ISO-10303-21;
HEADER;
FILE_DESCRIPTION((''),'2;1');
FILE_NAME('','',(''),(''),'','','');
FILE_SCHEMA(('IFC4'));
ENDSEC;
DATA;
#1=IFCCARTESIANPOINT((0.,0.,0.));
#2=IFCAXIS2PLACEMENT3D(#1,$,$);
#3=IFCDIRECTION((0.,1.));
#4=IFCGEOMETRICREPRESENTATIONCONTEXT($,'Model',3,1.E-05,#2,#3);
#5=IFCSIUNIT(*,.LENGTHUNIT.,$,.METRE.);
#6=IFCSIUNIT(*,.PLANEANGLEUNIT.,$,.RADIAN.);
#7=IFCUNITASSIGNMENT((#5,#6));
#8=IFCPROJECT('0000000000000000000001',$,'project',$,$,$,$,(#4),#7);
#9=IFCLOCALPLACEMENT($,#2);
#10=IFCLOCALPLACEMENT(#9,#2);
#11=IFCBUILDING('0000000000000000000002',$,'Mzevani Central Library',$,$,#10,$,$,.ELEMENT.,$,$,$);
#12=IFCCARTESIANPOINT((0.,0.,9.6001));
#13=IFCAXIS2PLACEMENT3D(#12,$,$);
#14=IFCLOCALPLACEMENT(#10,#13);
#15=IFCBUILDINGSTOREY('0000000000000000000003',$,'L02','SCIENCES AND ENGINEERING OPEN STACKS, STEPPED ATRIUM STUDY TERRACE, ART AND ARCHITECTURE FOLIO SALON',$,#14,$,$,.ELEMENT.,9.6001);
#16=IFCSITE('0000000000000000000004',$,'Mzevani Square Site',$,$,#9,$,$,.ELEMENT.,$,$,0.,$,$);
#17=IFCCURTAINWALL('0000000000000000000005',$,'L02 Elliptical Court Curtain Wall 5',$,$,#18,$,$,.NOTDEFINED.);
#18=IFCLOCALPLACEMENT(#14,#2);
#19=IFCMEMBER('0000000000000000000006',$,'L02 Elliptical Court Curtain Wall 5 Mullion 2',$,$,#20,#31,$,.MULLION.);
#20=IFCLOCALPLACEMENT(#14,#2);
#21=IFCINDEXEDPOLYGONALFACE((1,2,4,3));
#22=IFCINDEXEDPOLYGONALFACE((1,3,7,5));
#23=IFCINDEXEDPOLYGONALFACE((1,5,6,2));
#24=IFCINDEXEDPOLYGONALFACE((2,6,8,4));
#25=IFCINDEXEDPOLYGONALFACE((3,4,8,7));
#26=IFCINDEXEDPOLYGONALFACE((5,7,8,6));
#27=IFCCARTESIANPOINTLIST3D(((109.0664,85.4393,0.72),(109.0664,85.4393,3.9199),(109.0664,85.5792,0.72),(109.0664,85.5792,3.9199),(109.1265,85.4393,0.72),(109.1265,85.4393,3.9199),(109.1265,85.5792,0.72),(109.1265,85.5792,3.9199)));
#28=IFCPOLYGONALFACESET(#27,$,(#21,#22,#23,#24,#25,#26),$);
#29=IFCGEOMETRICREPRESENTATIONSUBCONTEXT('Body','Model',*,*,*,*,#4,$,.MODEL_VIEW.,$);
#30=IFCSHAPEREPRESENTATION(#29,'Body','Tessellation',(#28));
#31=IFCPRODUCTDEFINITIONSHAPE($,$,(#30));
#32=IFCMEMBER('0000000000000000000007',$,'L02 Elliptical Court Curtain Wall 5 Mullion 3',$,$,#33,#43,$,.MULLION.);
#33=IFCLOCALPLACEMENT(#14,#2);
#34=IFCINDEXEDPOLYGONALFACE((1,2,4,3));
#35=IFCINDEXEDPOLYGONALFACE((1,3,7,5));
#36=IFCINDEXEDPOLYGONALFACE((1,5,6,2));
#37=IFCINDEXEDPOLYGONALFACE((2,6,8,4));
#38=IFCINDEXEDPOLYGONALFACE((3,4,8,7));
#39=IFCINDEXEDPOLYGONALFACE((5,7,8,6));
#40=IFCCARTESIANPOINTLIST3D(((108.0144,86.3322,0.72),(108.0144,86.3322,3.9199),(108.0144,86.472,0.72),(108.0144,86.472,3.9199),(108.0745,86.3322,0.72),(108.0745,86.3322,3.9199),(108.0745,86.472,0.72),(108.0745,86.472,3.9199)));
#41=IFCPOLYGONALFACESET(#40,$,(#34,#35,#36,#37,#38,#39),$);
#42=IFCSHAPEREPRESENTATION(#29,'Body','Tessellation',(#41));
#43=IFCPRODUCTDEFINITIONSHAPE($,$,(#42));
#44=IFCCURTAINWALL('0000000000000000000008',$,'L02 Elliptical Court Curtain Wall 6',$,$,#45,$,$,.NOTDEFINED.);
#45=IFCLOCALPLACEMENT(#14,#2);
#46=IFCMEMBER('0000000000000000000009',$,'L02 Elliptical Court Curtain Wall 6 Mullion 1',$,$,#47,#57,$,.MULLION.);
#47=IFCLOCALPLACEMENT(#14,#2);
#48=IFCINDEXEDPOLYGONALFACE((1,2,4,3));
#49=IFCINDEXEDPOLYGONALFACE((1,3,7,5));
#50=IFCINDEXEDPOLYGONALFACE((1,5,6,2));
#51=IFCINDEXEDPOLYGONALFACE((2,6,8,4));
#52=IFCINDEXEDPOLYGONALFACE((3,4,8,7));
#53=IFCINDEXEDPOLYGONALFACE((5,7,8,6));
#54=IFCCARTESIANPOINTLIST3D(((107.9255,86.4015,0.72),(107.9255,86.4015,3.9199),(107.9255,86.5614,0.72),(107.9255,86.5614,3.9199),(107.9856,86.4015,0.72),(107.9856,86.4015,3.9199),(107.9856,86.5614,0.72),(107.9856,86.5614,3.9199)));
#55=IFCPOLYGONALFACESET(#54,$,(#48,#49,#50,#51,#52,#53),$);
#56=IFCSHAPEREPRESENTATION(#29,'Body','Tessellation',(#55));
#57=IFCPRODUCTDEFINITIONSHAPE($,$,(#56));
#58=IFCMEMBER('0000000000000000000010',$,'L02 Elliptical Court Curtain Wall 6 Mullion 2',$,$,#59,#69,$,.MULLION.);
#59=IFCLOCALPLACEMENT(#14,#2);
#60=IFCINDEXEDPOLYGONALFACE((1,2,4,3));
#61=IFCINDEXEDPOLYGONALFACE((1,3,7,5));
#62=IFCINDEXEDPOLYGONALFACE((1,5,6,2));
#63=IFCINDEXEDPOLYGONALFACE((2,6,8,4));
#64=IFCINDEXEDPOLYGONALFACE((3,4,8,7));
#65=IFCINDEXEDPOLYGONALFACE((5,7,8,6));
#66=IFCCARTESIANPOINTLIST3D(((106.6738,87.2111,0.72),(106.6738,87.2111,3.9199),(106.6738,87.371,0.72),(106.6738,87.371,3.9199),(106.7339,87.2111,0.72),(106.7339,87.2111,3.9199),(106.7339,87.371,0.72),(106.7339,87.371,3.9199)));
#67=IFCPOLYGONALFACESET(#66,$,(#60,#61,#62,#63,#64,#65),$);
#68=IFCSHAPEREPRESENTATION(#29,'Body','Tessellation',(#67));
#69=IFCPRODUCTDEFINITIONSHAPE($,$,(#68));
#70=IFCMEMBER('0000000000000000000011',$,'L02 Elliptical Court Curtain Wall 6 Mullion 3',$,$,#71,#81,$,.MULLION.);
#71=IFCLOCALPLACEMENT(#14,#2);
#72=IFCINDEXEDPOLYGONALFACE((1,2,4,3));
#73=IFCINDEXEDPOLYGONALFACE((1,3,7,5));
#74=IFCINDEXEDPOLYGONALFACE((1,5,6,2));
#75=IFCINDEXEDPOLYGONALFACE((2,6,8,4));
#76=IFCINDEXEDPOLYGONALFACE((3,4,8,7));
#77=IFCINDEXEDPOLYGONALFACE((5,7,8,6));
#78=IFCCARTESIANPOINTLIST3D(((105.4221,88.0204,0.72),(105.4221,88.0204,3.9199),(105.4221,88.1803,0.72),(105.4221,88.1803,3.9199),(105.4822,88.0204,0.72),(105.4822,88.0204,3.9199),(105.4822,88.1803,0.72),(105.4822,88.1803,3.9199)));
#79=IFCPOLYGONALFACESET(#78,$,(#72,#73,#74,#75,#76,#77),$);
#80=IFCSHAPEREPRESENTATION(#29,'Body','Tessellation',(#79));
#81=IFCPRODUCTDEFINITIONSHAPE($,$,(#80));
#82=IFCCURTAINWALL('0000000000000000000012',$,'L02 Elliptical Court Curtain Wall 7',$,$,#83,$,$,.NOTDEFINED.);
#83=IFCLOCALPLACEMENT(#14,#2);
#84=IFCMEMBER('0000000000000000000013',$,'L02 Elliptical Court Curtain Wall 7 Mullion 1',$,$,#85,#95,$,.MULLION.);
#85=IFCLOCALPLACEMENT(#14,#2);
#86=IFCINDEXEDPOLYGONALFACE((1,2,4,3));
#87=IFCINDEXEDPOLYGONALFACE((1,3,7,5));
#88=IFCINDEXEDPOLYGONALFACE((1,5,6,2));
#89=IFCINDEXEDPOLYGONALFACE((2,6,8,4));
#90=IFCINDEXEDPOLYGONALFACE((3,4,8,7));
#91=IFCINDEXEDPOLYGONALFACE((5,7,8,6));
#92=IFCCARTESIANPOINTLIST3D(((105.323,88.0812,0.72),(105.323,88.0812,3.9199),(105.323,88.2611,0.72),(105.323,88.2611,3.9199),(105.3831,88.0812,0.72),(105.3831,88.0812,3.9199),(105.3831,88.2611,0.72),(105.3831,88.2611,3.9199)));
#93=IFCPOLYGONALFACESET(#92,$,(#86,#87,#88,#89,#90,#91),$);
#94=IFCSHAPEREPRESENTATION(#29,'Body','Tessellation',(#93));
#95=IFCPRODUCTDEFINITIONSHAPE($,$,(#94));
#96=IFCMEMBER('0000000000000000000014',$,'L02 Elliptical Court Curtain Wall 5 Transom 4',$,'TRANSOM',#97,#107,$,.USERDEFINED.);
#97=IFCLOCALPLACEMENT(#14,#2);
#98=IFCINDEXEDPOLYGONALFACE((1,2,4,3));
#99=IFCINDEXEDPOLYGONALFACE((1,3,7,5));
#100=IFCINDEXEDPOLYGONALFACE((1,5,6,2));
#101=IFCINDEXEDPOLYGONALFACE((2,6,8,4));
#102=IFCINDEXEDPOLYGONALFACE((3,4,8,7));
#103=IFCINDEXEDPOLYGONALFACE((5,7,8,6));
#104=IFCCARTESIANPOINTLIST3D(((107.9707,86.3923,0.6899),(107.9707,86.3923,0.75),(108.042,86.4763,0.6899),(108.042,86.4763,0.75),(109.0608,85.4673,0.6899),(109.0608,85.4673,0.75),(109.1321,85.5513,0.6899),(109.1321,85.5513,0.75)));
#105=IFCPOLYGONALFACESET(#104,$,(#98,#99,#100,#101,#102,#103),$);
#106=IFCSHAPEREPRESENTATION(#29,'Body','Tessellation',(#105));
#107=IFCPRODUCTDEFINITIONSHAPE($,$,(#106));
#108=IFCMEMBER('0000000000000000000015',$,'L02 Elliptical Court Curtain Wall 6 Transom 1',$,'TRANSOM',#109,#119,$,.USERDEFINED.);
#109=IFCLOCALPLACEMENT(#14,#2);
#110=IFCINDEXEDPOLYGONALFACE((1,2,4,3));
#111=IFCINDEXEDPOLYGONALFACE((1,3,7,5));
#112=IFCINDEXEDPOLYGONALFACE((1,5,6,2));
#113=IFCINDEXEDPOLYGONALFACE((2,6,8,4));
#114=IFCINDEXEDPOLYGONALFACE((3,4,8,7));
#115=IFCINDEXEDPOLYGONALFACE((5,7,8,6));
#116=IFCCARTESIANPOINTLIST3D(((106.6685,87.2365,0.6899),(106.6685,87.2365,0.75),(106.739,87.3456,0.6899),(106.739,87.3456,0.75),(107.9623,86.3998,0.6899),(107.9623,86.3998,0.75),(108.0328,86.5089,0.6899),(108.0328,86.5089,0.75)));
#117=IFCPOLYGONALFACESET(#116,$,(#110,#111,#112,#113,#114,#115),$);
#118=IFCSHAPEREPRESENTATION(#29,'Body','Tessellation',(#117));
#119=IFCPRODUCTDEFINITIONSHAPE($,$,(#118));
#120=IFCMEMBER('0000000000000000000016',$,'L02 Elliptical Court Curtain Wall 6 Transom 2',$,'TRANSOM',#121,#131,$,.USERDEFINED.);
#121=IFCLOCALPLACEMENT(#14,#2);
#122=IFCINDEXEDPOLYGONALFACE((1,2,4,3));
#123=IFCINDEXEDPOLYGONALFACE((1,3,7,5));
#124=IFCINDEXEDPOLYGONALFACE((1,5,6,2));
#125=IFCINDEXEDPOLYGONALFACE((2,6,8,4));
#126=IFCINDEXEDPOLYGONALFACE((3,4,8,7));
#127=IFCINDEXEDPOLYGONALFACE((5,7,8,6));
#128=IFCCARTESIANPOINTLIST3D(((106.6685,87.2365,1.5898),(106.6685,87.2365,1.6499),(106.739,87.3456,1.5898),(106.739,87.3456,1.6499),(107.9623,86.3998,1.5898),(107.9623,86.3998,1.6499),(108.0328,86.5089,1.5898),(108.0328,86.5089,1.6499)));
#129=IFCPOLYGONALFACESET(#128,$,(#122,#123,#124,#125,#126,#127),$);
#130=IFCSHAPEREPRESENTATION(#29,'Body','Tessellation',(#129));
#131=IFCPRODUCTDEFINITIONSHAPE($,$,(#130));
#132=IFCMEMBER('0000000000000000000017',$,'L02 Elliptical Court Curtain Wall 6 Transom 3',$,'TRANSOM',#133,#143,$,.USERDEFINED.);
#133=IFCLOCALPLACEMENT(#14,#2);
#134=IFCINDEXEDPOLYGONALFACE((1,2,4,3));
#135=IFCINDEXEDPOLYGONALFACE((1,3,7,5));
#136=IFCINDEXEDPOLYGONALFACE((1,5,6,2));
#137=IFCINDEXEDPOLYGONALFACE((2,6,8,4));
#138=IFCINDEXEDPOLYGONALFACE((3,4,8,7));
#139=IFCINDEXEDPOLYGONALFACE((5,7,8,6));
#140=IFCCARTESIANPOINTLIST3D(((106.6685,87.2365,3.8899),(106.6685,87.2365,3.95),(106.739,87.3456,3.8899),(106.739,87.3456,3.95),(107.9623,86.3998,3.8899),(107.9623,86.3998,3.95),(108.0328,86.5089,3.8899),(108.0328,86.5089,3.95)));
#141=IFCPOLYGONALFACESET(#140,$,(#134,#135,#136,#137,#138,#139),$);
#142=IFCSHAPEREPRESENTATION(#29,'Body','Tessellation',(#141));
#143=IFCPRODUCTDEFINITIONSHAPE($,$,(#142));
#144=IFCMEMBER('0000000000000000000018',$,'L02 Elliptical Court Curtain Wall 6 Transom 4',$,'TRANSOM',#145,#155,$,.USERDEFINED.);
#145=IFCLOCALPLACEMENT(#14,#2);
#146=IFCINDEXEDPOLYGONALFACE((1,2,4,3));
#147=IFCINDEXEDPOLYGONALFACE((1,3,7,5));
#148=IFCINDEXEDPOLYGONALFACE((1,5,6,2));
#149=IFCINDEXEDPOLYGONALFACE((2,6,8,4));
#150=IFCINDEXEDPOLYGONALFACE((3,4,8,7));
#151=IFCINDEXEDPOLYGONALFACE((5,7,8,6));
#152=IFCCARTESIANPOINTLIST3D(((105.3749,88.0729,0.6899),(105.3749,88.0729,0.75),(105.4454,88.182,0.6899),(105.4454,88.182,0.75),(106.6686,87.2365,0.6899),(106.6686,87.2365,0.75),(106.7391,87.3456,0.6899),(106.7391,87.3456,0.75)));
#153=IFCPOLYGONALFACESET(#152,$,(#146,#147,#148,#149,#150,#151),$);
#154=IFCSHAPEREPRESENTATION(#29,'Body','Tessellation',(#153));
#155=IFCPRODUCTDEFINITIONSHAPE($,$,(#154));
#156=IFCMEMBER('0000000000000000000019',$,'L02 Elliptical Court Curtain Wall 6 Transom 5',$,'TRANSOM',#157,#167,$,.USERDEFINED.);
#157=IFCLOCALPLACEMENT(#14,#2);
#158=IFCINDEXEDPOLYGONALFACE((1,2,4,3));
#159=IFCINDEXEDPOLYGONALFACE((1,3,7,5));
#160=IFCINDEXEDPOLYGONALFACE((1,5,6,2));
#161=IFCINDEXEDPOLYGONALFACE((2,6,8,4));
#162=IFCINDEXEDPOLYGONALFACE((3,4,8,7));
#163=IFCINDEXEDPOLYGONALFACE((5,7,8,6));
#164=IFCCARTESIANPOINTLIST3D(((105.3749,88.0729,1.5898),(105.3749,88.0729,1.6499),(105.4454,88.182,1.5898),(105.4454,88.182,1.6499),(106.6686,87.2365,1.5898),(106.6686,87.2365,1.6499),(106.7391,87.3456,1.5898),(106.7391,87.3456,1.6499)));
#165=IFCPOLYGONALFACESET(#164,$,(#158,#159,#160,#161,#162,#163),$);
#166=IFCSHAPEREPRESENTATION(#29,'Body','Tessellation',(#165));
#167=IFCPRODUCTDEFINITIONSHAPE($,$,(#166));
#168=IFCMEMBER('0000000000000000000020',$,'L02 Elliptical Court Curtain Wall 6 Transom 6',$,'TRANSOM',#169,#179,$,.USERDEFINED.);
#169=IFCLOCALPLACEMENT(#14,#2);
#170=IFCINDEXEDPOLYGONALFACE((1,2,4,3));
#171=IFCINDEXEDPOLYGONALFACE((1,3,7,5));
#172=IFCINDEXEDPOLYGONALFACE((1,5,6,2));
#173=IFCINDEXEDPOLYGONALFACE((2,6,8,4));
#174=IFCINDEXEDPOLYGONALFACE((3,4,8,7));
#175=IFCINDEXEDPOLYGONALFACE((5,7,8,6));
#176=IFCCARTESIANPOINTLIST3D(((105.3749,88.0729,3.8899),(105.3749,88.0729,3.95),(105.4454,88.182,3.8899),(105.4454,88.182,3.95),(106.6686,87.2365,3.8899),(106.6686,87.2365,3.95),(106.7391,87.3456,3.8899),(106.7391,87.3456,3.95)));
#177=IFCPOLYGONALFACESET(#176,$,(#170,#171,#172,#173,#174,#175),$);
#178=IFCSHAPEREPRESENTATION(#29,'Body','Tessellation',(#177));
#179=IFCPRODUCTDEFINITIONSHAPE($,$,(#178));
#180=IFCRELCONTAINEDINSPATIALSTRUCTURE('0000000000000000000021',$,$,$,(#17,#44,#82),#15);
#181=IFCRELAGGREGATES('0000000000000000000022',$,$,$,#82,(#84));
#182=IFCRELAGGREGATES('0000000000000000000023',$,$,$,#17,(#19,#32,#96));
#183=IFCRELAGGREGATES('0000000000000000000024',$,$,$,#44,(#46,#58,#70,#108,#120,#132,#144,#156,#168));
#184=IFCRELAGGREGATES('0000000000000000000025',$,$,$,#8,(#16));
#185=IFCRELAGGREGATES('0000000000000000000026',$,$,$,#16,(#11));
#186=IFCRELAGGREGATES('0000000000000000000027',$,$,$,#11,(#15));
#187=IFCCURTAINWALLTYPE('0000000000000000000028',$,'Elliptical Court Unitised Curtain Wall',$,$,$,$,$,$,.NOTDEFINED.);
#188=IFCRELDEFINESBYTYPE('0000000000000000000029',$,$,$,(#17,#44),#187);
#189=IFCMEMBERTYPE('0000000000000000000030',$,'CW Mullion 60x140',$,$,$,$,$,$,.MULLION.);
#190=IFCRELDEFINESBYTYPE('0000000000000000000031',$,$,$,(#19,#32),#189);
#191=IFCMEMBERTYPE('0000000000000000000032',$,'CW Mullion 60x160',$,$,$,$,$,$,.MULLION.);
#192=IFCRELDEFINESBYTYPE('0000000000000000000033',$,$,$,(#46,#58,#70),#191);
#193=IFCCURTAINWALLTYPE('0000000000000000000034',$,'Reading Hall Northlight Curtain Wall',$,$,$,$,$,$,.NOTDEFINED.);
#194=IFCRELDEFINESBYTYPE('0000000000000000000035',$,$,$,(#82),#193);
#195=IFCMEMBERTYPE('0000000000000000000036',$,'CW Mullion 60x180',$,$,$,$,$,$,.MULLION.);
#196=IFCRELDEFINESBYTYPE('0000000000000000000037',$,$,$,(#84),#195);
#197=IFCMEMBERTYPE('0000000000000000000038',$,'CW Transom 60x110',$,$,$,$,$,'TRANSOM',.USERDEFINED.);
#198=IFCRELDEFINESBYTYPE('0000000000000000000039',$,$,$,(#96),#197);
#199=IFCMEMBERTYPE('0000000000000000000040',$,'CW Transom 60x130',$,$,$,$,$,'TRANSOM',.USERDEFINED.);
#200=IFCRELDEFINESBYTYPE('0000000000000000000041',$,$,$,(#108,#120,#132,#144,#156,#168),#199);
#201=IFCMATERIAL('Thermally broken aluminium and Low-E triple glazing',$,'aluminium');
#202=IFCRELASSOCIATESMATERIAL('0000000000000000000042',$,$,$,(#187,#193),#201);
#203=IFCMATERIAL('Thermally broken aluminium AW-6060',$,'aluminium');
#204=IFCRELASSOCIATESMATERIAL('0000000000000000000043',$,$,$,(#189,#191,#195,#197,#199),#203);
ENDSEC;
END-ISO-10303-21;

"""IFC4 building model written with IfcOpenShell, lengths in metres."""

from ifc_helpers import new_model, si_unit, direction, frame, origin, origin_2d, place, context, subcontext, project, spatial, rectangle, extrude, material, material_profile, profile_set, type_object, element, aggregate, save


model = new_model("IFC4")

# Units and contexts
model_context = context("Model", 3, precision=1e-05, world=origin(), true_north=direction((0.0, 1.0)))
body_context = subcontext(model_context, "Body", "Model", "MODEL_VIEW")
ifc_project = project(units=[si_unit("LENGTHUNIT", "METRE"), si_unit("PLANEANGLEUNIT", "RADIAN")], contexts=[model_context])

# Site, building, storey
site_placement = place(None, origin())
site = spatial("IfcSite", under=ifc_project, at=site_placement, Name="Mzevani Square Site", CompositionType="ELEMENT", RefElevation=0.0)
building_placement = place(site_placement, origin())
building = spatial("IfcBuilding", under=site, at=building_placement, Name="Mzevani Central Library", CompositionType="ELEMENT")
storey_placement = place(building_placement, frame((0.0, 0.0, 9.6001)))
storey = spatial("IfcBuildingStorey", under=building, at=storey_placement, Name="L02", Description="SCIENCES AND ENGINEERING OPEN STACKS, STEPPED ATRIUM STUDY TERRACE, ART AND ARCHITECTURE FOLIO SALON", CompositionType="ELEMENT", Elevation=9.6001)

# Curtain walls, members
ifc_material_1 = material(Name="Thermally broken aluminium and Low-E triple glazing", Category="aluminium")
curtain_wall_type_1 = type_object("IfcCurtainWallType", Name="Elliptical Court Unitised Curtain Wall", PredefinedType="NOTDEFINED", material=ifc_material_1)
curtain_wall_1_placement = place(storey_placement, origin())
curtain_wall_1 = element("IfcCurtainWall", 1, at=curtain_wall_1_placement, inside=storey, type_object=curtain_wall_type_1, Name="L02 Elliptical Court Curtain Wall 5", PredefinedType="NOTDEFINED")
ifc_material_2 = material(Name="Thermally broken aluminium AW-6060", Category="aluminium")
ifc_material_profile_1 = material_profile(ifc_material_2, rectangle(XDim=0.0601, YDim=0.1399, at=origin_2d()), Name="ALU M60x140")
ifc_profile_set_1 = profile_set([ifc_material_profile_1], Name="Thermally broken aluminium AW-6060")
member_type_1 = type_object("IfcMemberType", Name="CW Mullion 60x140", PredefinedType="MULLION", material=ifc_profile_set_1)
member_1_placement = place(storey_placement, frame((109.0964, 85.5093, 0.72), z_axis=(0.0, 0.0, 1.0), x_axis=(1.0, 0.0, 0.0)))
member_1 = element("IfcMember", 2, at=member_1_placement, type_object=member_type_1, Name="L02 Elliptical Court Curtain Wall 5 Mullion 2", PredefinedType="MULLION", context=body_context, shape_type="SweptSolid", body=[
    extrude(rectangle(XDim=0.0601, YDim=0.1399, at=origin_2d()), origin(), (0.0, 0.0, 1.0), 3.2),
])
member_2_placement = place(storey_placement, frame((108.0444, 86.4021, 0.72), z_axis=(0.0, 0.0, 1.0), x_axis=(1.0, 0.0, 0.0)))
member_2 = element("IfcMember", 3, at=member_2_placement, type_object=member_type_1, Name="L02 Elliptical Court Curtain Wall 5 Mullion 3", PredefinedType="MULLION", context=body_context, shape_type="SweptSolid", body=[
    extrude(rectangle(XDim=0.0601, YDim=0.1399, at=origin_2d()), origin(), (0.0, 0.0, 1.0), 3.2),
])
curtain_wall_2_placement = place(storey_placement, origin())
curtain_wall_2 = element("IfcCurtainWall", 4, at=curtain_wall_2_placement, inside=storey, type_object=curtain_wall_type_1, Name="L02 Elliptical Court Curtain Wall 6", PredefinedType="NOTDEFINED")
ifc_material_profile_2 = material_profile(ifc_material_2, rectangle(XDim=0.0601, YDim=0.1599, at=origin_2d()), Name="ALU M60x160")
ifc_profile_set_2 = profile_set([ifc_material_profile_2], Name="Thermally broken aluminium AW-6060")
member_type_2 = type_object("IfcMemberType", Name="CW Mullion 60x160", PredefinedType="MULLION", material=ifc_profile_set_2)
member_3_placement = place(storey_placement, frame((107.9556, 86.4814, 0.72), z_axis=(0.0, 0.0, 1.0), x_axis=(1.0, 0.0, 0.0)))
member_3 = element("IfcMember", 5, at=member_3_placement, type_object=member_type_2, Name="L02 Elliptical Court Curtain Wall 6 Mullion 1", PredefinedType="MULLION", context=body_context, shape_type="SweptSolid", body=[
    extrude(rectangle(XDim=0.0601, YDim=0.1599, at=origin_2d()), origin(), (0.0, 0.0, 1.0), 3.2),
])
member_4_placement = place(storey_placement, frame((106.7039, 87.291, 0.72), z_axis=(0.0, 0.0, 1.0), x_axis=(1.0, 0.0, 0.0)))
member_4 = element("IfcMember", 6, at=member_4_placement, type_object=member_type_2, Name="L02 Elliptical Court Curtain Wall 6 Mullion 2", PredefinedType="MULLION", context=body_context, shape_type="SweptSolid", body=[
    extrude(rectangle(XDim=0.0601, YDim=0.1599, at=origin_2d()), origin(), (0.0, 0.0, 1.0), 3.2),
])
member_5_placement = place(storey_placement, frame((105.4521, 88.1003, 0.72), z_axis=(0.0, 0.0, 1.0), x_axis=(1.0, 0.0, 0.0)))
member_5 = element("IfcMember", 7, at=member_5_placement, type_object=member_type_2, Name="L02 Elliptical Court Curtain Wall 6 Mullion 3", PredefinedType="MULLION", context=body_context, shape_type="SweptSolid", body=[
    extrude(rectangle(XDim=0.0601, YDim=0.1599, at=origin_2d()), origin(), (0.0, 0.0, 1.0), 3.2),
])

# Curtain wall, member
curtain_wall_type_2 = type_object("IfcCurtainWallType", Name="Reading Hall Northlight Curtain Wall", PredefinedType="NOTDEFINED", material=ifc_material_1)
curtain_wall_3_placement = place(storey_placement, origin())
curtain_wall_3 = element("IfcCurtainWall", 8, at=curtain_wall_3_placement, inside=storey, type_object=curtain_wall_type_2, Name="L02 Elliptical Court Curtain Wall 7", PredefinedType="NOTDEFINED")
ifc_material_profile_3 = material_profile(ifc_material_2, rectangle(XDim=0.0601, YDim=0.1799, at=origin_2d()), Name="ALU M60x180")
ifc_profile_set_3 = profile_set([ifc_material_profile_3], Name="Thermally broken aluminium AW-6060")
member_type_3 = type_object("IfcMemberType", Name="CW Mullion 60x180", PredefinedType="MULLION", material=ifc_profile_set_3)
member_6_placement = place(storey_placement, frame((105.353, 88.1711, 0.72), z_axis=(0.0, 0.0, 1.0), x_axis=(1.0, 0.0, 0.0)))
member_6 = element("IfcMember", 9, at=member_6_placement, type_object=member_type_3, Name="L02 Elliptical Court Curtain Wall 7 Mullion 1", PredefinedType="MULLION", context=body_context, shape_type="SweptSolid", body=[
    extrude(rectangle(XDim=0.0601, YDim=0.1799, at=origin_2d()), origin(), (0.0, 0.0, 1.0), 3.2),
])

# Members
ifc_material_profile_4 = material_profile(ifc_material_2, rectangle(XDim=0.1101, YDim=0.0601, at=origin_2d()), Name="ALU T60x110")
ifc_profile_set_4 = profile_set([ifc_material_profile_4], Name="Thermally broken aluminium AW-6060")
member_type_4 = type_object("IfcMemberType", Name="CW Transom 60x110", ElementType="TRANSOM", PredefinedType="USERDEFINED", material=ifc_profile_set_4)
member_7_placement = place(storey_placement, frame((109.0964, 85.5093, 0.72), z_axis=(-0.762466, 0.647029, 0.0), x_axis=(-0.647029, -0.762466, 0.0)))
member_7 = element("IfcMember", 10, at=member_7_placement, type_object=member_type_4, Name="L02 Elliptical Court Curtain Wall 5 Transom 4", ObjectType="TRANSOM", PredefinedType="USERDEFINED", context=body_context, shape_type="SweptSolid", body=[
    extrude(rectangle(XDim=0.1101, YDim=0.0601, at=origin_2d()), origin(), (0.0, 0.0, 1.0), 1.4297),
])
ifc_material_profile_5 = material_profile(ifc_material_2, rectangle(XDim=0.1299, YDim=0.0601, at=origin_2d()), Name="ALU T60x130")
ifc_profile_set_5 = profile_set([ifc_material_profile_5], Name="Thermally broken aluminium AW-6060")
member_type_5 = type_object("IfcMemberType", Name="CW Transom 60x130", ElementType="TRANSOM", PredefinedType="USERDEFINED", material=ifc_profile_set_5)
member_8_placement = place(storey_placement, frame((107.9976, 86.4543, 0.72), z_axis=(-0.839698, 0.543054, 0.0), x_axis=(-0.543054, -0.839698, 0.0)))
member_8 = element("IfcMember", 11, at=member_8_placement, type_object=member_type_5, Name="L02 Elliptical Court Curtain Wall 6 Transom 1", ObjectType="TRANSOM", PredefinedType="USERDEFINED", context=body_context, shape_type="SweptSolid", body=[
    extrude(rectangle(XDim=0.1299, YDim=0.0601, at=origin_2d()), origin(), (0.0, 0.0, 1.0), 1.5408),
])
member_9_placement = place(storey_placement, frame((107.9976, 86.4543, 1.6199), z_axis=(-0.839698, 0.543054, 0.0), x_axis=(-0.543054, -0.839698, 0.0)))
member_9 = element("IfcMember", 12, at=member_9_placement, type_object=member_type_5, Name="L02 Elliptical Court Curtain Wall 6 Transom 2", ObjectType="TRANSOM", PredefinedType="USERDEFINED", context=body_context, shape_type="SweptSolid", body=[
    extrude(rectangle(XDim=0.1299, YDim=0.0601, at=origin_2d()), origin(), (0.0, 0.0, 1.0), 1.5408),
])
member_10_placement = place(storey_placement, frame((107.9976, 86.4543, 3.9199), z_axis=(-0.839698, 0.543054, 0.0), x_axis=(-0.543054, -0.839698, 0.0)))
member_10 = element("IfcMember", 13, at=member_10_placement, type_object=member_type_5, Name="L02 Elliptical Court Curtain Wall 6 Transom 3", ObjectType="TRANSOM", PredefinedType="USERDEFINED", context=body_context, shape_type="SweptSolid", body=[
    extrude(rectangle(XDim=0.1299, YDim=0.0601, at=origin_2d()), origin(), (0.0, 0.0, 1.0), 1.5408),
])
member_11_placement = place(storey_placement, frame((106.7039, 87.291, 0.72), z_axis=(-0.83977, 0.542942, 0.0), x_axis=(-0.542942, -0.83977, 0.0)))
member_11 = element("IfcMember", 14, at=member_11_placement, type_object=member_type_5, Name="L02 Elliptical Court Curtain Wall 6 Transom 4", ObjectType="TRANSOM", PredefinedType="USERDEFINED", context=body_context, shape_type="SweptSolid", body=[
    extrude(rectangle(XDim=0.1299, YDim=0.0601, at=origin_2d()), origin(), (0.0, 0.0, 1.0), 1.5405),
])
member_12_placement = place(storey_placement, frame((106.7039, 87.291, 1.6199), z_axis=(-0.83977, 0.542942, 0.0), x_axis=(-0.542942, -0.83977, 0.0)))
member_12 = element("IfcMember", 15, at=member_12_placement, type_object=member_type_5, Name="L02 Elliptical Court Curtain Wall 6 Transom 5", ObjectType="TRANSOM", PredefinedType="USERDEFINED", context=body_context, shape_type="SweptSolid", body=[
    extrude(rectangle(XDim=0.1299, YDim=0.0601, at=origin_2d()), origin(), (0.0, 0.0, 1.0), 1.5405),
])
member_13_placement = place(storey_placement, frame((106.7039, 87.291, 3.9199), z_axis=(-0.83977, 0.542942, 0.0), x_axis=(-0.542942, -0.83977, 0.0)))
member_13 = element("IfcMember", 16, at=member_13_placement, type_object=member_type_5, Name="L02 Elliptical Court Curtain Wall 6 Transom 6", ObjectType="TRANSOM", PredefinedType="USERDEFINED", context=body_context, shape_type="SweptSolid", body=[
    extrude(rectangle(XDim=0.1299, YDim=0.0601, at=origin_2d()), origin(), (0.0, 0.0, 1.0), 1.5405),
])
aggregate(curtain_wall_3, [member_6])

aggregate(curtain_wall_1, [member_1, member_2, member_7])
aggregate(curtain_wall_2, [member_3, member_4, member_5, member_8, member_9, member_10, member_11, member_12, member_13])

save(model, "model.ifc")
